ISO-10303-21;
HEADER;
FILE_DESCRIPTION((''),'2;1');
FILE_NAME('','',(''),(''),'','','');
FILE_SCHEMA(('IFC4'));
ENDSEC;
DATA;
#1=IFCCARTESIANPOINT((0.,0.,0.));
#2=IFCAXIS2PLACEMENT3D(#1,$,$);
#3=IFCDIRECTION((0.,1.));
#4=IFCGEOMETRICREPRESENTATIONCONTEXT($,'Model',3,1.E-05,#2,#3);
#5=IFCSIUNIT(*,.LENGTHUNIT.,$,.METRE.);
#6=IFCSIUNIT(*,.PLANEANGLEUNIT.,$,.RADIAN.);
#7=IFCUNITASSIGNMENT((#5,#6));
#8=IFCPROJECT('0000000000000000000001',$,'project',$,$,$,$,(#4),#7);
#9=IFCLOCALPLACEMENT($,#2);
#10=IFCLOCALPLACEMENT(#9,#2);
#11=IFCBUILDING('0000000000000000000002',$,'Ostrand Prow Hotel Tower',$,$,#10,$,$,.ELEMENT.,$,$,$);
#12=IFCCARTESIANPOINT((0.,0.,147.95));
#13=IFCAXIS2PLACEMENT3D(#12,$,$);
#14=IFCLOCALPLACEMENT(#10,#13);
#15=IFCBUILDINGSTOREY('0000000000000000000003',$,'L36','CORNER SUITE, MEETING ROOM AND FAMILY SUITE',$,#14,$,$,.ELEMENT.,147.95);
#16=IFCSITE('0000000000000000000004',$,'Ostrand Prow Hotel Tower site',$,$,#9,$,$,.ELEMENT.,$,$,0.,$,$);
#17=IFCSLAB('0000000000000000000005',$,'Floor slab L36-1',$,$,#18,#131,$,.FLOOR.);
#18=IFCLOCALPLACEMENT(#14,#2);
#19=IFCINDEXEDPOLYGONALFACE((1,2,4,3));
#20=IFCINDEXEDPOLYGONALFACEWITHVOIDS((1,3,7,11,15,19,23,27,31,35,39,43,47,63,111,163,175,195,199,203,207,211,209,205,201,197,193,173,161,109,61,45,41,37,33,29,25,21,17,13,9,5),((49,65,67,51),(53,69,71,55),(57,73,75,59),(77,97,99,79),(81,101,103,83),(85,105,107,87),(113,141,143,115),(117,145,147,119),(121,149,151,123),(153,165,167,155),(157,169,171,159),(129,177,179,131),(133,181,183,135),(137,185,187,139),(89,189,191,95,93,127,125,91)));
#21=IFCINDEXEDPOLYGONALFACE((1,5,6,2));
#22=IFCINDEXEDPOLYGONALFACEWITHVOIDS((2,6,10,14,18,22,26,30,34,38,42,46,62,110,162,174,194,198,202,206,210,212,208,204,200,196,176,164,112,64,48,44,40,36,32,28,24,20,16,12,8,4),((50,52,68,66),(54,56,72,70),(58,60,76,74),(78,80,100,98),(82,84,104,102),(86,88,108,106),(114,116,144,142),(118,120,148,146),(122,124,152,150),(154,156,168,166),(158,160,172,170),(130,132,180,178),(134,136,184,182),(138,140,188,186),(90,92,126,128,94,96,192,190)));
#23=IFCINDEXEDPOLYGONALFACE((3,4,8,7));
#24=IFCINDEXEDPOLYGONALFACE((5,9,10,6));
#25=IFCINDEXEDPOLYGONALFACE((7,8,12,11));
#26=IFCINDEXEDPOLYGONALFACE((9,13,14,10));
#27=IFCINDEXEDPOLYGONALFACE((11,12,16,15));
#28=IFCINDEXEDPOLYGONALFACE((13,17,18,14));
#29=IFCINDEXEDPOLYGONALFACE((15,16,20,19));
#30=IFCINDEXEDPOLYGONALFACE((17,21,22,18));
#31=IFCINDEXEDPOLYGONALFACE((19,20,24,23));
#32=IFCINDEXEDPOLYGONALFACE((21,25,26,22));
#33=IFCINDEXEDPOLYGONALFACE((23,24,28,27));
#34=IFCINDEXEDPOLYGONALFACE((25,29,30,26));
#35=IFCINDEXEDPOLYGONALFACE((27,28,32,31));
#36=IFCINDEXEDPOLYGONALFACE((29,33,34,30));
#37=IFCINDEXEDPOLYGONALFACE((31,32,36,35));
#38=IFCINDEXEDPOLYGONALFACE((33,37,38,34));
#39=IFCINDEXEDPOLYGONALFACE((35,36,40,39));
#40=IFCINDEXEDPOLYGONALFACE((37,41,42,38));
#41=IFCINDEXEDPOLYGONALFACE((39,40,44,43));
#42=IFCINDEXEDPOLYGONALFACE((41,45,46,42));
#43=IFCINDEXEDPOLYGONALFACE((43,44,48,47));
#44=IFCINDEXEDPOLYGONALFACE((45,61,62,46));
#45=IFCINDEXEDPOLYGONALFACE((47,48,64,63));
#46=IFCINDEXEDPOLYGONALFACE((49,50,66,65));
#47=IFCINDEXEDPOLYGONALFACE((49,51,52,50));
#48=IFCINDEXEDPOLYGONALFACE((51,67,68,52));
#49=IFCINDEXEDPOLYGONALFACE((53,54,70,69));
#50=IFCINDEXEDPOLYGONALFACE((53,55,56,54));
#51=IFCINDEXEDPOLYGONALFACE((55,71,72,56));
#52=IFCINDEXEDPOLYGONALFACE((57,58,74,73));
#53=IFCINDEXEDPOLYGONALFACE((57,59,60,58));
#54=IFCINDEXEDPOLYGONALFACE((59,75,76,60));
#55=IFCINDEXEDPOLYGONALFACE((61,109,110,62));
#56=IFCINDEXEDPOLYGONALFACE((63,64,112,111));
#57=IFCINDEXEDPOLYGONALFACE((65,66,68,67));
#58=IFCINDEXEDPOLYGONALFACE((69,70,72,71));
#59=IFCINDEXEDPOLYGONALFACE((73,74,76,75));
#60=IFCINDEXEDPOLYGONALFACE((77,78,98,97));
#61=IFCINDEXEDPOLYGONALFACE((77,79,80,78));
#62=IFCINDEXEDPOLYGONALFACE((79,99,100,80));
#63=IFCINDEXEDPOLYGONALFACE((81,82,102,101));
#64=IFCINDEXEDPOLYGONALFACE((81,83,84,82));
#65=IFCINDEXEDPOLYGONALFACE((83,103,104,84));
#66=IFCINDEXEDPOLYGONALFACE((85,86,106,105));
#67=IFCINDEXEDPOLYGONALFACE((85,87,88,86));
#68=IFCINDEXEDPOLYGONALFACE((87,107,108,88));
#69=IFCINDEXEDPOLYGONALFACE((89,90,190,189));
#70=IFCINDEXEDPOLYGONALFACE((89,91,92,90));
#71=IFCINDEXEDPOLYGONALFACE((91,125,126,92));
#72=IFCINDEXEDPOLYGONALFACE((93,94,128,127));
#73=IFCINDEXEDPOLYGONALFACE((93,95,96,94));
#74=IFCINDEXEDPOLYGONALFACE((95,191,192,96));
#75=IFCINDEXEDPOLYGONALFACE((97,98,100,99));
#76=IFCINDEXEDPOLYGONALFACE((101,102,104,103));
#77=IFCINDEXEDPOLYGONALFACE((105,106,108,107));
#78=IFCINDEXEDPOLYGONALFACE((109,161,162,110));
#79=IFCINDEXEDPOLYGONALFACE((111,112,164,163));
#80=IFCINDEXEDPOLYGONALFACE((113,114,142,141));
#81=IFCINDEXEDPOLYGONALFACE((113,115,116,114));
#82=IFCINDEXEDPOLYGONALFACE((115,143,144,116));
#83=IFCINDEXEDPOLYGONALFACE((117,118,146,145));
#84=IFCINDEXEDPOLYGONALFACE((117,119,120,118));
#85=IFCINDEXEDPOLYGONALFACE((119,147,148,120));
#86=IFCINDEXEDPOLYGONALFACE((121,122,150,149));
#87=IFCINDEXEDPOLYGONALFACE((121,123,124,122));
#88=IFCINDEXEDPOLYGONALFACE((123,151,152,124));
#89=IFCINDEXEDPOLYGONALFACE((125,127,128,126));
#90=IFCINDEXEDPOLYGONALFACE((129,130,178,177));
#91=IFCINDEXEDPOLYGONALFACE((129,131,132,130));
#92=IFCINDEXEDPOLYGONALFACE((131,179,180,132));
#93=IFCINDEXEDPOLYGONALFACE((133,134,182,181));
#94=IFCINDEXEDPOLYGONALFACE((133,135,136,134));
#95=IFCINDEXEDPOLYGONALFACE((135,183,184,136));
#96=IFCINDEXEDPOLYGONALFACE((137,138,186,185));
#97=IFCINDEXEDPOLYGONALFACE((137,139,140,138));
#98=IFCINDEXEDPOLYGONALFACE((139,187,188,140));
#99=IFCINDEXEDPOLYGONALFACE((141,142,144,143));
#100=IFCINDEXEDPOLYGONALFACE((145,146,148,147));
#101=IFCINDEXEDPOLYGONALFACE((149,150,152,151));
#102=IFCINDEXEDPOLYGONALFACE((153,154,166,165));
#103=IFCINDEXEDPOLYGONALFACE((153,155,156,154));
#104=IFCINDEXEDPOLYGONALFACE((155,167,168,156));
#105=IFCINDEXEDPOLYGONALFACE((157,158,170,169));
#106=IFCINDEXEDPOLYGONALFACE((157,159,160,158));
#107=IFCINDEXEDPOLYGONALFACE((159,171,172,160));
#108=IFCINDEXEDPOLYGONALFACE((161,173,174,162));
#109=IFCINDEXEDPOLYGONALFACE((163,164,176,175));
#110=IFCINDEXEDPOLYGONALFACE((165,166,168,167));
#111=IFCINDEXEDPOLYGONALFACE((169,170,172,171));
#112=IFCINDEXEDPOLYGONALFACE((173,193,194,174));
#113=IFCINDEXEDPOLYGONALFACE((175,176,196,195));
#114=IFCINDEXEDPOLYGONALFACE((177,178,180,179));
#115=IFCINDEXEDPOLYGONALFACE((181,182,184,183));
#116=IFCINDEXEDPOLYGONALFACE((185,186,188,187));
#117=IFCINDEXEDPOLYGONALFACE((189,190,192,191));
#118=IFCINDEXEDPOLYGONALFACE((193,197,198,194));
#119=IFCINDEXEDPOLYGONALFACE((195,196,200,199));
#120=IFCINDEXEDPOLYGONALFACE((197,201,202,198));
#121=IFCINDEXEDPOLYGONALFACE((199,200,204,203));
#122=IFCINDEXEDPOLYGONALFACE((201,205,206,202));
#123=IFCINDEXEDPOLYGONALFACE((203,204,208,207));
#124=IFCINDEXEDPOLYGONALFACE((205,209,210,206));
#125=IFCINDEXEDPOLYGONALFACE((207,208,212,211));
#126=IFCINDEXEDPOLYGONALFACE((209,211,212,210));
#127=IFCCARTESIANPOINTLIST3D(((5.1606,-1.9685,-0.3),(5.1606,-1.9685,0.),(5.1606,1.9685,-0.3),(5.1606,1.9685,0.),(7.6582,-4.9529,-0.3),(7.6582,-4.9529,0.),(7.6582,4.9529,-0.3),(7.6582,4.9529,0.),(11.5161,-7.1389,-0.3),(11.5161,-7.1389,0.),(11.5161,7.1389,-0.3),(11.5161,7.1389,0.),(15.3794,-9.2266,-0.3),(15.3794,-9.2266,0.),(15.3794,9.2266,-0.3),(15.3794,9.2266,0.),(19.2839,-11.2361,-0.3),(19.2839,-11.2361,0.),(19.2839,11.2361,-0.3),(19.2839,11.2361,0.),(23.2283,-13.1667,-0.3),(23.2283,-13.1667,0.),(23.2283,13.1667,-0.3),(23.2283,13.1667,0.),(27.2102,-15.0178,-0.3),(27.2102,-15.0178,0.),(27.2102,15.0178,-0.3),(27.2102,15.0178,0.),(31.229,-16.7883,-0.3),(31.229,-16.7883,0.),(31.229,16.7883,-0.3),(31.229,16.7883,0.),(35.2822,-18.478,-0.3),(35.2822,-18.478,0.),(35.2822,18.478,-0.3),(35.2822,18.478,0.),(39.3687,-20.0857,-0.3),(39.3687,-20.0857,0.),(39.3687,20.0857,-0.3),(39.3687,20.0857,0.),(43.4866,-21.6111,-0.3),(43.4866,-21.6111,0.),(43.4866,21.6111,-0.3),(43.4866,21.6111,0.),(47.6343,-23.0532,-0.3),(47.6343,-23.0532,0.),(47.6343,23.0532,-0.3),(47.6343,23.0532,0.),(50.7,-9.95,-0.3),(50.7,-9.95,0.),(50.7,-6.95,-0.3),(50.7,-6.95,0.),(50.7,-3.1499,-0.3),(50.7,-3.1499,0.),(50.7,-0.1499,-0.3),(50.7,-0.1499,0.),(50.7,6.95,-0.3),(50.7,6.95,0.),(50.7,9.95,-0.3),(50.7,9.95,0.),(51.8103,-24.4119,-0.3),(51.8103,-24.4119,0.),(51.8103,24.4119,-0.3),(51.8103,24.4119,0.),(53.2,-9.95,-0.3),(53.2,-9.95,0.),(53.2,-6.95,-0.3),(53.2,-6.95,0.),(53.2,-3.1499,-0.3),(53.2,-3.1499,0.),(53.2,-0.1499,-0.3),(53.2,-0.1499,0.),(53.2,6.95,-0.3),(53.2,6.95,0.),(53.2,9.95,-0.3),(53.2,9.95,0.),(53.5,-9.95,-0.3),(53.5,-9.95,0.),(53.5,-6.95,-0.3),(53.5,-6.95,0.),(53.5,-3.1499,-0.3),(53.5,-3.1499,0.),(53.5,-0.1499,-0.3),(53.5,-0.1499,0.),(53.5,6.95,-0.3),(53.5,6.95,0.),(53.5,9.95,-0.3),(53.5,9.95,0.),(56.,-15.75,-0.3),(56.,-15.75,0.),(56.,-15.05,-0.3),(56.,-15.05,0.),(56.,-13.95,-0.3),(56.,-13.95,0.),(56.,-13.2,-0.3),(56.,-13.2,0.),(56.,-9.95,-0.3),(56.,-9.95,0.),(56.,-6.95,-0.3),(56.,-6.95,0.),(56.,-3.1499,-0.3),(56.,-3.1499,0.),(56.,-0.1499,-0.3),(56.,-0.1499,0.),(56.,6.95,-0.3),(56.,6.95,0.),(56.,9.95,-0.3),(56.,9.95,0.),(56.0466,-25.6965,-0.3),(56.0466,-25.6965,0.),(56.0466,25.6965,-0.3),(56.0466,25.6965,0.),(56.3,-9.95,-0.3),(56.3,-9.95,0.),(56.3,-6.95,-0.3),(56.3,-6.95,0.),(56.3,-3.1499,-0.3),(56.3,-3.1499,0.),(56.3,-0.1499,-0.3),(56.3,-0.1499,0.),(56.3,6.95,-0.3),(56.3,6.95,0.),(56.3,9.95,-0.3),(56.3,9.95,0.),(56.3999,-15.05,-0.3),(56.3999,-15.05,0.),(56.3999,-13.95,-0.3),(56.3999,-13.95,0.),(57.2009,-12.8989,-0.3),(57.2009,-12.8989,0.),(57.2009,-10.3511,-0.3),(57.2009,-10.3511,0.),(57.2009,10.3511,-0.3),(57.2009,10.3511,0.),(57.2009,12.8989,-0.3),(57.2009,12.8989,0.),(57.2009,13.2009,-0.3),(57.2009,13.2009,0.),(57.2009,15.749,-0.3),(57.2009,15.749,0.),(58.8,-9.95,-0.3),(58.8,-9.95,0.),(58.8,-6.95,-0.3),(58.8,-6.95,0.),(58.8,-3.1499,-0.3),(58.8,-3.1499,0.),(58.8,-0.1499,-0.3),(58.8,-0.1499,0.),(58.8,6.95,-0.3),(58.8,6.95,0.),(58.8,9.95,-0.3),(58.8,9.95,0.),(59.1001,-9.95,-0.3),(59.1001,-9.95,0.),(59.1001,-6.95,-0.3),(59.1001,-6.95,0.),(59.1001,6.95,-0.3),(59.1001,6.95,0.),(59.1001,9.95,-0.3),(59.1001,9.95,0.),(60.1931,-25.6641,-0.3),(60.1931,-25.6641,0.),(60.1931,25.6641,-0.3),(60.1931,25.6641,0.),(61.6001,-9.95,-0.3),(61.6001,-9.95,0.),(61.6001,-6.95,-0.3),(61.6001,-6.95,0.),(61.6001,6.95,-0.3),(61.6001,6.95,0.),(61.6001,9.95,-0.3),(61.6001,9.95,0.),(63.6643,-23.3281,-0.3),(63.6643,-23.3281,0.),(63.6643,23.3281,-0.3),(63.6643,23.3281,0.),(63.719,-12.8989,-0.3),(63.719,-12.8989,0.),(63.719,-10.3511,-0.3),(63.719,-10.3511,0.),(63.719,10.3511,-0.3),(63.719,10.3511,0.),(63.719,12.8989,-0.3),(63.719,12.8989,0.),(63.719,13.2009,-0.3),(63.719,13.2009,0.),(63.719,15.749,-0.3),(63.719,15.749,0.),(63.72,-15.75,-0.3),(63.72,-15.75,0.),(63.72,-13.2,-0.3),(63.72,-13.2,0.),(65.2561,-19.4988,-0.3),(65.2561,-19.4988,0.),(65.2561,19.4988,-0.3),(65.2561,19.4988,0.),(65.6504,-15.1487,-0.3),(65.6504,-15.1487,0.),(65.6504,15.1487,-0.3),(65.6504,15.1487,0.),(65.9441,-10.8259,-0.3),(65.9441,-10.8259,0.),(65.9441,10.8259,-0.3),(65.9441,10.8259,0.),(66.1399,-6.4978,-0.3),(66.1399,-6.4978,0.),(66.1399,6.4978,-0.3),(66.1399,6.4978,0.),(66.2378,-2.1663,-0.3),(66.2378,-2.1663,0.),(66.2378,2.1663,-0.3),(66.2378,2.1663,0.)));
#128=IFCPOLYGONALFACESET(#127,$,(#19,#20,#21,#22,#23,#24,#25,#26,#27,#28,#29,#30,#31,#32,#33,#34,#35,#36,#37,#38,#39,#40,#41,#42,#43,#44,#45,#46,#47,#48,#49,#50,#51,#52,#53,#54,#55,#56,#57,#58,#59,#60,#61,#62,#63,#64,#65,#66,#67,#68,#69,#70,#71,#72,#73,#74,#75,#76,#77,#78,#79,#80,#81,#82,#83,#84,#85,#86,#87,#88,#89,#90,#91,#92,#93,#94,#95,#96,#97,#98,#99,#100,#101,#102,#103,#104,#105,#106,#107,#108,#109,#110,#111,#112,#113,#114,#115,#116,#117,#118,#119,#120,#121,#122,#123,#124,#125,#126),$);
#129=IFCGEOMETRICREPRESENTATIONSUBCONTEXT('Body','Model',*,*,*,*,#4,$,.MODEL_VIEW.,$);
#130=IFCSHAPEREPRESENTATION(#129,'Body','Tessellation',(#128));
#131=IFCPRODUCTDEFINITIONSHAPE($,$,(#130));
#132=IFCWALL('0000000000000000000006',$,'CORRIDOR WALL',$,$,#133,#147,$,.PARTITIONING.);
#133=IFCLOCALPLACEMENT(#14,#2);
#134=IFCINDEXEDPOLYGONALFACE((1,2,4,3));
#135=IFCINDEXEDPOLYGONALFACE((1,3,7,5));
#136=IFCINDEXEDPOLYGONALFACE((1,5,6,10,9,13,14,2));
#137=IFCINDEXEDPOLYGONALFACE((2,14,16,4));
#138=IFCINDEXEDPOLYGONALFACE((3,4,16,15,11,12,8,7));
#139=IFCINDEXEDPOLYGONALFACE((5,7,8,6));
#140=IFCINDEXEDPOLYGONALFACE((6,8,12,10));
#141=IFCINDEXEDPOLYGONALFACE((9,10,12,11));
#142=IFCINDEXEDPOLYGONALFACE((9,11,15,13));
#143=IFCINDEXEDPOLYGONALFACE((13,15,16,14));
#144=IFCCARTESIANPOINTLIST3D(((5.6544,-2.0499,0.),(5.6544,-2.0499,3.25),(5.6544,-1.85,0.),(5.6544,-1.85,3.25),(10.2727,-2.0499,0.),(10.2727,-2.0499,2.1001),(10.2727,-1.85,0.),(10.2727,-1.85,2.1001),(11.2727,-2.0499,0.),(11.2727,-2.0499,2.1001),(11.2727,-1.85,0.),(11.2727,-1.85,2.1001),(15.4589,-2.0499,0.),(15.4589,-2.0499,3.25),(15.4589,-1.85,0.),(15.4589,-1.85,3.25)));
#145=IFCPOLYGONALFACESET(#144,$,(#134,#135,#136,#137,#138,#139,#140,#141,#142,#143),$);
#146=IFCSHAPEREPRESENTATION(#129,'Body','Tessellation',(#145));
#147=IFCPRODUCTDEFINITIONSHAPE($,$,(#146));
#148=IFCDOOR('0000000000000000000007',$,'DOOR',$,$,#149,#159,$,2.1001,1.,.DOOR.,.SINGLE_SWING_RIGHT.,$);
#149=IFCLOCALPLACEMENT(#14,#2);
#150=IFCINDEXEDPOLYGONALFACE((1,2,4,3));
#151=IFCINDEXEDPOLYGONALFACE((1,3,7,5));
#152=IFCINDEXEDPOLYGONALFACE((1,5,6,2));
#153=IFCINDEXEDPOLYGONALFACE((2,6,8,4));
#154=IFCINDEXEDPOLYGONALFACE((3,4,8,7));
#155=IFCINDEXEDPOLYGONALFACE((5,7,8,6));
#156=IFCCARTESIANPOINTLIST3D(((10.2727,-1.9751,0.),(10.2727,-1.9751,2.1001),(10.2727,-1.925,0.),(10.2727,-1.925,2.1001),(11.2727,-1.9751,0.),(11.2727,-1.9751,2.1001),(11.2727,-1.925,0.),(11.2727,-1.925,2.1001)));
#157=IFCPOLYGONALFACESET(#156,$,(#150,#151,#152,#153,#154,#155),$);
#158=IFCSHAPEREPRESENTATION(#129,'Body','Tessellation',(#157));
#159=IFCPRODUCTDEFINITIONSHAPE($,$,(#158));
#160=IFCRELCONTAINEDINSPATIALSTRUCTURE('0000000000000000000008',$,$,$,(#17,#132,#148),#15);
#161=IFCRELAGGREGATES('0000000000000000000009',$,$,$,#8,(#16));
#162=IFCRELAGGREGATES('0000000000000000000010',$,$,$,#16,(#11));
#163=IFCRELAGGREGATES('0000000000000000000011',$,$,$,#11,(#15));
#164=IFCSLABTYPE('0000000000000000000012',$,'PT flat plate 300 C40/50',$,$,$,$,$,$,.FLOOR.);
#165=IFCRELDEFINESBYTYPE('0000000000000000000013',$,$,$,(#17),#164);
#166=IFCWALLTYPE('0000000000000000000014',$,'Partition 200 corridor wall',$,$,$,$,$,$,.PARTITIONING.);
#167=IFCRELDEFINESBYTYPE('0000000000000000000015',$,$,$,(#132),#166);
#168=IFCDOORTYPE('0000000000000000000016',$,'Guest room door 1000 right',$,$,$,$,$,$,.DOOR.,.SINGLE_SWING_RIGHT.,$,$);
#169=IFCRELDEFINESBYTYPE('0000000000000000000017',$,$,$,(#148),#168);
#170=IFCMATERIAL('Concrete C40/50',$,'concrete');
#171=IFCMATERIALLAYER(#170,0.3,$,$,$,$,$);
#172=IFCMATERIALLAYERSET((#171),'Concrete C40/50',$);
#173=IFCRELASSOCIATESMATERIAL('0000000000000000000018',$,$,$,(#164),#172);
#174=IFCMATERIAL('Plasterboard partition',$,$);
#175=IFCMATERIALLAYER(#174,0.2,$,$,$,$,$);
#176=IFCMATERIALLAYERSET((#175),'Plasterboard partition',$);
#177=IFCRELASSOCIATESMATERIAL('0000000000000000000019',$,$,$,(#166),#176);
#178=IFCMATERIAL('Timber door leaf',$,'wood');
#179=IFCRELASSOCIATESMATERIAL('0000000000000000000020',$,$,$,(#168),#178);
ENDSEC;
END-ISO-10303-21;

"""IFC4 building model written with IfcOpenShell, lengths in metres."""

from ifc_helpers import new_model, si_unit, direction, frame, frame_2d, origin, place, context, subcontext, project, spatial, polyline, rectangle, outline, extrude, material, layer, layer_set, type_object, element, fill, save


model = new_model("IFC4")

# Units and contexts
model_context = context("Model", 3, precision=1e-05, world=origin(), true_north=direction((0.0, 1.0)))
body_context = subcontext(model_context, "Body", "Model", "MODEL_VIEW")
ifc_project = project(units=[si_unit("LENGTHUNIT", "METRE"), si_unit("PLANEANGLEUNIT", "RADIAN")], contexts=[model_context])

# Site, building, storey
site_placement = place(None, origin())
site = spatial("IfcSite", under=ifc_project, at=site_placement, Name="Ostrand Prow Hotel Tower site", CompositionType="ELEMENT", RefElevation=0.0)
building_placement = place(site_placement, origin())
building = spatial("IfcBuilding", under=site, at=building_placement, Name="Ostrand Prow Hotel Tower", CompositionType="ELEMENT")
storey_placement = place(building_placement, frame((0.0, 0.0, 147.95)))
storey = spatial("IfcBuildingStorey", under=building, at=storey_placement, Name="L36", Description="CORNER SUITE, MEETING ROOM AND FAMILY SUITE", CompositionType="ELEMENT", Elevation=147.95)

# Slab, opening
ifc_material_1 = material(Name="Concrete C40/50", Category="concrete")
ifc_layer_1 = layer(ifc_material_1, 0.3)
ifc_layer_set_1 = layer_set([ifc_layer_1], Name="Concrete C40/50")
slab_type = type_object("IfcSlabType", Name="PT flat plate 300 C40/50", PredefinedType="FLOOR", material=ifc_layer_set_1)
slab_placement = place(storey_placement, frame((0.0, 0.0, -0.3)))
slab = element("IfcSlab", 1, at=slab_placement, inside=storey, type_object=slab_type, Name="Floor slab L36-1", PredefinedType="FLOOR", context=body_context, shape_type="SweptSolid", body=[
    extrude(outline(polyline([(7.6582, 4.9529), (11.5161, 7.1389), (15.3794, 9.2266), (19.2839, 11.2361), (23.2283, 13.1667), (27.2102, 15.0178), (31.229, 16.7883), (35.2822, 18.478), (39.3687, 20.0857), (43.4866, 21.6111), (47.6343, 23.0532), (51.8103, 24.4119), (56.0466, 25.6965), (60.1931, 25.6641), (63.6643, 23.3281), (65.2561, 19.4988), (65.6504, 15.1487), (65.9441, 10.8259), (66.1399, 6.4978), (66.2378, 2.1663), (66.2378, -2.1663), (66.1399, -6.4978), (65.9441, -10.8259), (65.6504, -15.1487), (65.2561, -19.4988), (63.6643, -23.3281), (60.1931, -25.6641), (56.0466, -25.6965), (51.8103, -24.4119), (47.6343, -23.0532), (43.4866, -21.6111), (39.3687, -20.0857), (35.2822, -18.478), (31.229, -16.7883), (27.2102, -15.0178), (23.2283, -13.1667), (19.2839, -11.2361), (15.3794, -9.2266), (11.5161, -7.1389), (7.6582, -4.9529), (5.1606, -1.9685), (5.1606, 1.9685), (7.6582, 4.9529)]), holes=[polyline([(50.7, 6.95), (53.2, 6.95), (53.2, 9.95), (50.7, 9.95), (50.7, 6.95)]), polyline([(53.5, 6.95), (56.0, 6.95), (56.0, 9.95), (53.5, 9.95), (53.5, 6.95)]), polyline([(56.3, 6.95), (58.8, 6.95), (58.8, 9.95), (56.3, 9.95), (56.3, 6.95)]), polyline([(59.1001, 6.95), (61.6001, 6.95), (61.6001, 9.95), (59.1001, 9.95), (59.1001, 6.95)]), polyline([(50.7, -3.1499), (53.2, -3.1499), (53.2, -0.1499), (50.7, -0.1499), (50.7, -3.1499)]), polyline([(53.5, -3.1499), (56.0, -3.1499), (56.0, -0.1499), (53.5, -0.1499), (53.5, -3.1499)]), polyline([(56.3, -3.1499), (58.8, -3.1499), (58.8, -0.1499), (56.3, -0.1499), (56.3, -3.1499)]), polyline([(50.7, -9.95), (53.2, -9.95), (53.2, -6.95), (50.7, -6.95), (50.7, -9.95)]), polyline([(53.5, -9.95), (56.0, -9.95), (56.0, -6.95), (53.5, -6.95), (53.5, -9.95)]), polyline([(56.3, -9.95), (58.8, -9.95), (58.8, -6.95), (56.3, -6.95), (56.3, -9.95)]), polyline([(59.1001, -9.95), (61.6001, -9.95), (61.6001, -6.95), (59.1001, -6.95), (59.1001, -9.95)]), polyline([(57.2009, 10.3511), (57.2009, 12.8989), (63.719, 12.8989), (63.719, 10.3511), (57.2009, 10.3511)]), polyline([(57.2009, 13.2009), (57.2009, 15.749), (63.719, 15.749), (63.719, 13.2009), (57.2009, 13.2009)]), polyline([(57.2009, -12.8989), (57.2009, -10.3511), (63.719, -10.3511), (63.719, -12.8989), (57.2009, -12.8989)]), polyline([(56.0, -13.2), (63.72, -13.2), (63.72, -15.75), (56.0, -15.75), (56.0, -15.05), (56.3999, -15.05), (56.3999, -13.95), (56.0, -13.95), (56.0, -13.2)])]), origin(), (0.0, 0.0, 1.0), 0.3),
])
opening_1_placement = place(slab_placement, origin())
element("IfcOpeningElement", 2, at=opening_1_placement, cuts=slab, PredefinedType="OPENING", context=body_context, shape_type="SweptSolid", body=[
    extrude(outline(polyline([(56.0, -13.2), (63.72, -13.2), (63.72, -15.75), (56.0, -15.75), (56.0, -15.05), (56.3999, -15.05), (56.3999, -13.95), (56.0, -13.95), (56.0, -13.2)])), origin(), (0.0, 0.0, 1.0), 0.3),
])

# Wall, opening, door
ifc_material_2 = material(Name="Plasterboard partition")
ifc_layer_2 = layer(ifc_material_2, 0.2)
ifc_layer_set_2 = layer_set([ifc_layer_2], Name="Plasterboard partition")
wall_type_1 = type_object("IfcWallType", Name="Partition 200 corridor wall", PredefinedType="PARTITIONING", material=ifc_layer_set_2)
wall_1_placement = place(storey_placement, frame((5.6543, -1.95, 0.0), z_axis=(0.0, 0.0, 1.0), x_axis=(1.0, 0.0, 0.0)))
wall_1 = element("IfcWall", 3, at=wall_1_placement, inside=storey, type_object=wall_type_1, Name="CORRIDOR WALL", PredefinedType="PARTITIONING", context=body_context, shape_type="SweptSolid", body=[
    extrude(rectangle(XDim=9.8044, YDim=0.2, at=frame_2d((4.9023, 0.0))), origin(), (0.0, 0.0, 1.0), 3.25),
])
opening_2_placement = place(wall_1_placement, frame((4.6184, 0.0, 0.0)))
opening_2 = element("IfcOpeningElement", 4, at=opening_2_placement, cuts=wall_1, PredefinedType="OPENING", context=body_context, shape_type="SweptSolid", body=[
    extrude(rectangle(XDim=1.0, YDim=2.1001, at=frame_2d((0.5, 1.05))), frame((0.0, 0.1099, 0.0), z_axis=(0.0, -1.0, 0.0), x_axis=(1.0, 0.0, 0.0)), (0.0, 0.0, 1.0), 0.22),
])
ifc_material_3 = material(Name="Timber door leaf", Category="wood")
door_type = type_object("IfcDoorType", Name="Guest room door 1000 right", OperationType="SINGLE_SWING_RIGHT", PredefinedType="DOOR", material=ifc_material_3)
door_placement = place(opening_2_placement, origin())
door = element("IfcDoor", 5, at=door_placement, inside=storey, type_object=door_type, Name="DOOR", OperationType="SINGLE_SWING_RIGHT", OverallHeight=2.1001, OverallWidth=1.0, PredefinedType="DOOR", context=body_context, shape_type="SweptSolid", body=[
    extrude(rectangle(XDim=1.0, YDim=2.1001, at=frame_2d((0.5, 1.05))), frame((0.0, 0.0249, 0.0), z_axis=(0.0, -1.0, 0.0), x_axis=(1.0, 0.0, 0.0)), (0.0, 0.0, 1.0), 0.05),
])
fill(opening_2, door)

save(model, "model.ifc")
